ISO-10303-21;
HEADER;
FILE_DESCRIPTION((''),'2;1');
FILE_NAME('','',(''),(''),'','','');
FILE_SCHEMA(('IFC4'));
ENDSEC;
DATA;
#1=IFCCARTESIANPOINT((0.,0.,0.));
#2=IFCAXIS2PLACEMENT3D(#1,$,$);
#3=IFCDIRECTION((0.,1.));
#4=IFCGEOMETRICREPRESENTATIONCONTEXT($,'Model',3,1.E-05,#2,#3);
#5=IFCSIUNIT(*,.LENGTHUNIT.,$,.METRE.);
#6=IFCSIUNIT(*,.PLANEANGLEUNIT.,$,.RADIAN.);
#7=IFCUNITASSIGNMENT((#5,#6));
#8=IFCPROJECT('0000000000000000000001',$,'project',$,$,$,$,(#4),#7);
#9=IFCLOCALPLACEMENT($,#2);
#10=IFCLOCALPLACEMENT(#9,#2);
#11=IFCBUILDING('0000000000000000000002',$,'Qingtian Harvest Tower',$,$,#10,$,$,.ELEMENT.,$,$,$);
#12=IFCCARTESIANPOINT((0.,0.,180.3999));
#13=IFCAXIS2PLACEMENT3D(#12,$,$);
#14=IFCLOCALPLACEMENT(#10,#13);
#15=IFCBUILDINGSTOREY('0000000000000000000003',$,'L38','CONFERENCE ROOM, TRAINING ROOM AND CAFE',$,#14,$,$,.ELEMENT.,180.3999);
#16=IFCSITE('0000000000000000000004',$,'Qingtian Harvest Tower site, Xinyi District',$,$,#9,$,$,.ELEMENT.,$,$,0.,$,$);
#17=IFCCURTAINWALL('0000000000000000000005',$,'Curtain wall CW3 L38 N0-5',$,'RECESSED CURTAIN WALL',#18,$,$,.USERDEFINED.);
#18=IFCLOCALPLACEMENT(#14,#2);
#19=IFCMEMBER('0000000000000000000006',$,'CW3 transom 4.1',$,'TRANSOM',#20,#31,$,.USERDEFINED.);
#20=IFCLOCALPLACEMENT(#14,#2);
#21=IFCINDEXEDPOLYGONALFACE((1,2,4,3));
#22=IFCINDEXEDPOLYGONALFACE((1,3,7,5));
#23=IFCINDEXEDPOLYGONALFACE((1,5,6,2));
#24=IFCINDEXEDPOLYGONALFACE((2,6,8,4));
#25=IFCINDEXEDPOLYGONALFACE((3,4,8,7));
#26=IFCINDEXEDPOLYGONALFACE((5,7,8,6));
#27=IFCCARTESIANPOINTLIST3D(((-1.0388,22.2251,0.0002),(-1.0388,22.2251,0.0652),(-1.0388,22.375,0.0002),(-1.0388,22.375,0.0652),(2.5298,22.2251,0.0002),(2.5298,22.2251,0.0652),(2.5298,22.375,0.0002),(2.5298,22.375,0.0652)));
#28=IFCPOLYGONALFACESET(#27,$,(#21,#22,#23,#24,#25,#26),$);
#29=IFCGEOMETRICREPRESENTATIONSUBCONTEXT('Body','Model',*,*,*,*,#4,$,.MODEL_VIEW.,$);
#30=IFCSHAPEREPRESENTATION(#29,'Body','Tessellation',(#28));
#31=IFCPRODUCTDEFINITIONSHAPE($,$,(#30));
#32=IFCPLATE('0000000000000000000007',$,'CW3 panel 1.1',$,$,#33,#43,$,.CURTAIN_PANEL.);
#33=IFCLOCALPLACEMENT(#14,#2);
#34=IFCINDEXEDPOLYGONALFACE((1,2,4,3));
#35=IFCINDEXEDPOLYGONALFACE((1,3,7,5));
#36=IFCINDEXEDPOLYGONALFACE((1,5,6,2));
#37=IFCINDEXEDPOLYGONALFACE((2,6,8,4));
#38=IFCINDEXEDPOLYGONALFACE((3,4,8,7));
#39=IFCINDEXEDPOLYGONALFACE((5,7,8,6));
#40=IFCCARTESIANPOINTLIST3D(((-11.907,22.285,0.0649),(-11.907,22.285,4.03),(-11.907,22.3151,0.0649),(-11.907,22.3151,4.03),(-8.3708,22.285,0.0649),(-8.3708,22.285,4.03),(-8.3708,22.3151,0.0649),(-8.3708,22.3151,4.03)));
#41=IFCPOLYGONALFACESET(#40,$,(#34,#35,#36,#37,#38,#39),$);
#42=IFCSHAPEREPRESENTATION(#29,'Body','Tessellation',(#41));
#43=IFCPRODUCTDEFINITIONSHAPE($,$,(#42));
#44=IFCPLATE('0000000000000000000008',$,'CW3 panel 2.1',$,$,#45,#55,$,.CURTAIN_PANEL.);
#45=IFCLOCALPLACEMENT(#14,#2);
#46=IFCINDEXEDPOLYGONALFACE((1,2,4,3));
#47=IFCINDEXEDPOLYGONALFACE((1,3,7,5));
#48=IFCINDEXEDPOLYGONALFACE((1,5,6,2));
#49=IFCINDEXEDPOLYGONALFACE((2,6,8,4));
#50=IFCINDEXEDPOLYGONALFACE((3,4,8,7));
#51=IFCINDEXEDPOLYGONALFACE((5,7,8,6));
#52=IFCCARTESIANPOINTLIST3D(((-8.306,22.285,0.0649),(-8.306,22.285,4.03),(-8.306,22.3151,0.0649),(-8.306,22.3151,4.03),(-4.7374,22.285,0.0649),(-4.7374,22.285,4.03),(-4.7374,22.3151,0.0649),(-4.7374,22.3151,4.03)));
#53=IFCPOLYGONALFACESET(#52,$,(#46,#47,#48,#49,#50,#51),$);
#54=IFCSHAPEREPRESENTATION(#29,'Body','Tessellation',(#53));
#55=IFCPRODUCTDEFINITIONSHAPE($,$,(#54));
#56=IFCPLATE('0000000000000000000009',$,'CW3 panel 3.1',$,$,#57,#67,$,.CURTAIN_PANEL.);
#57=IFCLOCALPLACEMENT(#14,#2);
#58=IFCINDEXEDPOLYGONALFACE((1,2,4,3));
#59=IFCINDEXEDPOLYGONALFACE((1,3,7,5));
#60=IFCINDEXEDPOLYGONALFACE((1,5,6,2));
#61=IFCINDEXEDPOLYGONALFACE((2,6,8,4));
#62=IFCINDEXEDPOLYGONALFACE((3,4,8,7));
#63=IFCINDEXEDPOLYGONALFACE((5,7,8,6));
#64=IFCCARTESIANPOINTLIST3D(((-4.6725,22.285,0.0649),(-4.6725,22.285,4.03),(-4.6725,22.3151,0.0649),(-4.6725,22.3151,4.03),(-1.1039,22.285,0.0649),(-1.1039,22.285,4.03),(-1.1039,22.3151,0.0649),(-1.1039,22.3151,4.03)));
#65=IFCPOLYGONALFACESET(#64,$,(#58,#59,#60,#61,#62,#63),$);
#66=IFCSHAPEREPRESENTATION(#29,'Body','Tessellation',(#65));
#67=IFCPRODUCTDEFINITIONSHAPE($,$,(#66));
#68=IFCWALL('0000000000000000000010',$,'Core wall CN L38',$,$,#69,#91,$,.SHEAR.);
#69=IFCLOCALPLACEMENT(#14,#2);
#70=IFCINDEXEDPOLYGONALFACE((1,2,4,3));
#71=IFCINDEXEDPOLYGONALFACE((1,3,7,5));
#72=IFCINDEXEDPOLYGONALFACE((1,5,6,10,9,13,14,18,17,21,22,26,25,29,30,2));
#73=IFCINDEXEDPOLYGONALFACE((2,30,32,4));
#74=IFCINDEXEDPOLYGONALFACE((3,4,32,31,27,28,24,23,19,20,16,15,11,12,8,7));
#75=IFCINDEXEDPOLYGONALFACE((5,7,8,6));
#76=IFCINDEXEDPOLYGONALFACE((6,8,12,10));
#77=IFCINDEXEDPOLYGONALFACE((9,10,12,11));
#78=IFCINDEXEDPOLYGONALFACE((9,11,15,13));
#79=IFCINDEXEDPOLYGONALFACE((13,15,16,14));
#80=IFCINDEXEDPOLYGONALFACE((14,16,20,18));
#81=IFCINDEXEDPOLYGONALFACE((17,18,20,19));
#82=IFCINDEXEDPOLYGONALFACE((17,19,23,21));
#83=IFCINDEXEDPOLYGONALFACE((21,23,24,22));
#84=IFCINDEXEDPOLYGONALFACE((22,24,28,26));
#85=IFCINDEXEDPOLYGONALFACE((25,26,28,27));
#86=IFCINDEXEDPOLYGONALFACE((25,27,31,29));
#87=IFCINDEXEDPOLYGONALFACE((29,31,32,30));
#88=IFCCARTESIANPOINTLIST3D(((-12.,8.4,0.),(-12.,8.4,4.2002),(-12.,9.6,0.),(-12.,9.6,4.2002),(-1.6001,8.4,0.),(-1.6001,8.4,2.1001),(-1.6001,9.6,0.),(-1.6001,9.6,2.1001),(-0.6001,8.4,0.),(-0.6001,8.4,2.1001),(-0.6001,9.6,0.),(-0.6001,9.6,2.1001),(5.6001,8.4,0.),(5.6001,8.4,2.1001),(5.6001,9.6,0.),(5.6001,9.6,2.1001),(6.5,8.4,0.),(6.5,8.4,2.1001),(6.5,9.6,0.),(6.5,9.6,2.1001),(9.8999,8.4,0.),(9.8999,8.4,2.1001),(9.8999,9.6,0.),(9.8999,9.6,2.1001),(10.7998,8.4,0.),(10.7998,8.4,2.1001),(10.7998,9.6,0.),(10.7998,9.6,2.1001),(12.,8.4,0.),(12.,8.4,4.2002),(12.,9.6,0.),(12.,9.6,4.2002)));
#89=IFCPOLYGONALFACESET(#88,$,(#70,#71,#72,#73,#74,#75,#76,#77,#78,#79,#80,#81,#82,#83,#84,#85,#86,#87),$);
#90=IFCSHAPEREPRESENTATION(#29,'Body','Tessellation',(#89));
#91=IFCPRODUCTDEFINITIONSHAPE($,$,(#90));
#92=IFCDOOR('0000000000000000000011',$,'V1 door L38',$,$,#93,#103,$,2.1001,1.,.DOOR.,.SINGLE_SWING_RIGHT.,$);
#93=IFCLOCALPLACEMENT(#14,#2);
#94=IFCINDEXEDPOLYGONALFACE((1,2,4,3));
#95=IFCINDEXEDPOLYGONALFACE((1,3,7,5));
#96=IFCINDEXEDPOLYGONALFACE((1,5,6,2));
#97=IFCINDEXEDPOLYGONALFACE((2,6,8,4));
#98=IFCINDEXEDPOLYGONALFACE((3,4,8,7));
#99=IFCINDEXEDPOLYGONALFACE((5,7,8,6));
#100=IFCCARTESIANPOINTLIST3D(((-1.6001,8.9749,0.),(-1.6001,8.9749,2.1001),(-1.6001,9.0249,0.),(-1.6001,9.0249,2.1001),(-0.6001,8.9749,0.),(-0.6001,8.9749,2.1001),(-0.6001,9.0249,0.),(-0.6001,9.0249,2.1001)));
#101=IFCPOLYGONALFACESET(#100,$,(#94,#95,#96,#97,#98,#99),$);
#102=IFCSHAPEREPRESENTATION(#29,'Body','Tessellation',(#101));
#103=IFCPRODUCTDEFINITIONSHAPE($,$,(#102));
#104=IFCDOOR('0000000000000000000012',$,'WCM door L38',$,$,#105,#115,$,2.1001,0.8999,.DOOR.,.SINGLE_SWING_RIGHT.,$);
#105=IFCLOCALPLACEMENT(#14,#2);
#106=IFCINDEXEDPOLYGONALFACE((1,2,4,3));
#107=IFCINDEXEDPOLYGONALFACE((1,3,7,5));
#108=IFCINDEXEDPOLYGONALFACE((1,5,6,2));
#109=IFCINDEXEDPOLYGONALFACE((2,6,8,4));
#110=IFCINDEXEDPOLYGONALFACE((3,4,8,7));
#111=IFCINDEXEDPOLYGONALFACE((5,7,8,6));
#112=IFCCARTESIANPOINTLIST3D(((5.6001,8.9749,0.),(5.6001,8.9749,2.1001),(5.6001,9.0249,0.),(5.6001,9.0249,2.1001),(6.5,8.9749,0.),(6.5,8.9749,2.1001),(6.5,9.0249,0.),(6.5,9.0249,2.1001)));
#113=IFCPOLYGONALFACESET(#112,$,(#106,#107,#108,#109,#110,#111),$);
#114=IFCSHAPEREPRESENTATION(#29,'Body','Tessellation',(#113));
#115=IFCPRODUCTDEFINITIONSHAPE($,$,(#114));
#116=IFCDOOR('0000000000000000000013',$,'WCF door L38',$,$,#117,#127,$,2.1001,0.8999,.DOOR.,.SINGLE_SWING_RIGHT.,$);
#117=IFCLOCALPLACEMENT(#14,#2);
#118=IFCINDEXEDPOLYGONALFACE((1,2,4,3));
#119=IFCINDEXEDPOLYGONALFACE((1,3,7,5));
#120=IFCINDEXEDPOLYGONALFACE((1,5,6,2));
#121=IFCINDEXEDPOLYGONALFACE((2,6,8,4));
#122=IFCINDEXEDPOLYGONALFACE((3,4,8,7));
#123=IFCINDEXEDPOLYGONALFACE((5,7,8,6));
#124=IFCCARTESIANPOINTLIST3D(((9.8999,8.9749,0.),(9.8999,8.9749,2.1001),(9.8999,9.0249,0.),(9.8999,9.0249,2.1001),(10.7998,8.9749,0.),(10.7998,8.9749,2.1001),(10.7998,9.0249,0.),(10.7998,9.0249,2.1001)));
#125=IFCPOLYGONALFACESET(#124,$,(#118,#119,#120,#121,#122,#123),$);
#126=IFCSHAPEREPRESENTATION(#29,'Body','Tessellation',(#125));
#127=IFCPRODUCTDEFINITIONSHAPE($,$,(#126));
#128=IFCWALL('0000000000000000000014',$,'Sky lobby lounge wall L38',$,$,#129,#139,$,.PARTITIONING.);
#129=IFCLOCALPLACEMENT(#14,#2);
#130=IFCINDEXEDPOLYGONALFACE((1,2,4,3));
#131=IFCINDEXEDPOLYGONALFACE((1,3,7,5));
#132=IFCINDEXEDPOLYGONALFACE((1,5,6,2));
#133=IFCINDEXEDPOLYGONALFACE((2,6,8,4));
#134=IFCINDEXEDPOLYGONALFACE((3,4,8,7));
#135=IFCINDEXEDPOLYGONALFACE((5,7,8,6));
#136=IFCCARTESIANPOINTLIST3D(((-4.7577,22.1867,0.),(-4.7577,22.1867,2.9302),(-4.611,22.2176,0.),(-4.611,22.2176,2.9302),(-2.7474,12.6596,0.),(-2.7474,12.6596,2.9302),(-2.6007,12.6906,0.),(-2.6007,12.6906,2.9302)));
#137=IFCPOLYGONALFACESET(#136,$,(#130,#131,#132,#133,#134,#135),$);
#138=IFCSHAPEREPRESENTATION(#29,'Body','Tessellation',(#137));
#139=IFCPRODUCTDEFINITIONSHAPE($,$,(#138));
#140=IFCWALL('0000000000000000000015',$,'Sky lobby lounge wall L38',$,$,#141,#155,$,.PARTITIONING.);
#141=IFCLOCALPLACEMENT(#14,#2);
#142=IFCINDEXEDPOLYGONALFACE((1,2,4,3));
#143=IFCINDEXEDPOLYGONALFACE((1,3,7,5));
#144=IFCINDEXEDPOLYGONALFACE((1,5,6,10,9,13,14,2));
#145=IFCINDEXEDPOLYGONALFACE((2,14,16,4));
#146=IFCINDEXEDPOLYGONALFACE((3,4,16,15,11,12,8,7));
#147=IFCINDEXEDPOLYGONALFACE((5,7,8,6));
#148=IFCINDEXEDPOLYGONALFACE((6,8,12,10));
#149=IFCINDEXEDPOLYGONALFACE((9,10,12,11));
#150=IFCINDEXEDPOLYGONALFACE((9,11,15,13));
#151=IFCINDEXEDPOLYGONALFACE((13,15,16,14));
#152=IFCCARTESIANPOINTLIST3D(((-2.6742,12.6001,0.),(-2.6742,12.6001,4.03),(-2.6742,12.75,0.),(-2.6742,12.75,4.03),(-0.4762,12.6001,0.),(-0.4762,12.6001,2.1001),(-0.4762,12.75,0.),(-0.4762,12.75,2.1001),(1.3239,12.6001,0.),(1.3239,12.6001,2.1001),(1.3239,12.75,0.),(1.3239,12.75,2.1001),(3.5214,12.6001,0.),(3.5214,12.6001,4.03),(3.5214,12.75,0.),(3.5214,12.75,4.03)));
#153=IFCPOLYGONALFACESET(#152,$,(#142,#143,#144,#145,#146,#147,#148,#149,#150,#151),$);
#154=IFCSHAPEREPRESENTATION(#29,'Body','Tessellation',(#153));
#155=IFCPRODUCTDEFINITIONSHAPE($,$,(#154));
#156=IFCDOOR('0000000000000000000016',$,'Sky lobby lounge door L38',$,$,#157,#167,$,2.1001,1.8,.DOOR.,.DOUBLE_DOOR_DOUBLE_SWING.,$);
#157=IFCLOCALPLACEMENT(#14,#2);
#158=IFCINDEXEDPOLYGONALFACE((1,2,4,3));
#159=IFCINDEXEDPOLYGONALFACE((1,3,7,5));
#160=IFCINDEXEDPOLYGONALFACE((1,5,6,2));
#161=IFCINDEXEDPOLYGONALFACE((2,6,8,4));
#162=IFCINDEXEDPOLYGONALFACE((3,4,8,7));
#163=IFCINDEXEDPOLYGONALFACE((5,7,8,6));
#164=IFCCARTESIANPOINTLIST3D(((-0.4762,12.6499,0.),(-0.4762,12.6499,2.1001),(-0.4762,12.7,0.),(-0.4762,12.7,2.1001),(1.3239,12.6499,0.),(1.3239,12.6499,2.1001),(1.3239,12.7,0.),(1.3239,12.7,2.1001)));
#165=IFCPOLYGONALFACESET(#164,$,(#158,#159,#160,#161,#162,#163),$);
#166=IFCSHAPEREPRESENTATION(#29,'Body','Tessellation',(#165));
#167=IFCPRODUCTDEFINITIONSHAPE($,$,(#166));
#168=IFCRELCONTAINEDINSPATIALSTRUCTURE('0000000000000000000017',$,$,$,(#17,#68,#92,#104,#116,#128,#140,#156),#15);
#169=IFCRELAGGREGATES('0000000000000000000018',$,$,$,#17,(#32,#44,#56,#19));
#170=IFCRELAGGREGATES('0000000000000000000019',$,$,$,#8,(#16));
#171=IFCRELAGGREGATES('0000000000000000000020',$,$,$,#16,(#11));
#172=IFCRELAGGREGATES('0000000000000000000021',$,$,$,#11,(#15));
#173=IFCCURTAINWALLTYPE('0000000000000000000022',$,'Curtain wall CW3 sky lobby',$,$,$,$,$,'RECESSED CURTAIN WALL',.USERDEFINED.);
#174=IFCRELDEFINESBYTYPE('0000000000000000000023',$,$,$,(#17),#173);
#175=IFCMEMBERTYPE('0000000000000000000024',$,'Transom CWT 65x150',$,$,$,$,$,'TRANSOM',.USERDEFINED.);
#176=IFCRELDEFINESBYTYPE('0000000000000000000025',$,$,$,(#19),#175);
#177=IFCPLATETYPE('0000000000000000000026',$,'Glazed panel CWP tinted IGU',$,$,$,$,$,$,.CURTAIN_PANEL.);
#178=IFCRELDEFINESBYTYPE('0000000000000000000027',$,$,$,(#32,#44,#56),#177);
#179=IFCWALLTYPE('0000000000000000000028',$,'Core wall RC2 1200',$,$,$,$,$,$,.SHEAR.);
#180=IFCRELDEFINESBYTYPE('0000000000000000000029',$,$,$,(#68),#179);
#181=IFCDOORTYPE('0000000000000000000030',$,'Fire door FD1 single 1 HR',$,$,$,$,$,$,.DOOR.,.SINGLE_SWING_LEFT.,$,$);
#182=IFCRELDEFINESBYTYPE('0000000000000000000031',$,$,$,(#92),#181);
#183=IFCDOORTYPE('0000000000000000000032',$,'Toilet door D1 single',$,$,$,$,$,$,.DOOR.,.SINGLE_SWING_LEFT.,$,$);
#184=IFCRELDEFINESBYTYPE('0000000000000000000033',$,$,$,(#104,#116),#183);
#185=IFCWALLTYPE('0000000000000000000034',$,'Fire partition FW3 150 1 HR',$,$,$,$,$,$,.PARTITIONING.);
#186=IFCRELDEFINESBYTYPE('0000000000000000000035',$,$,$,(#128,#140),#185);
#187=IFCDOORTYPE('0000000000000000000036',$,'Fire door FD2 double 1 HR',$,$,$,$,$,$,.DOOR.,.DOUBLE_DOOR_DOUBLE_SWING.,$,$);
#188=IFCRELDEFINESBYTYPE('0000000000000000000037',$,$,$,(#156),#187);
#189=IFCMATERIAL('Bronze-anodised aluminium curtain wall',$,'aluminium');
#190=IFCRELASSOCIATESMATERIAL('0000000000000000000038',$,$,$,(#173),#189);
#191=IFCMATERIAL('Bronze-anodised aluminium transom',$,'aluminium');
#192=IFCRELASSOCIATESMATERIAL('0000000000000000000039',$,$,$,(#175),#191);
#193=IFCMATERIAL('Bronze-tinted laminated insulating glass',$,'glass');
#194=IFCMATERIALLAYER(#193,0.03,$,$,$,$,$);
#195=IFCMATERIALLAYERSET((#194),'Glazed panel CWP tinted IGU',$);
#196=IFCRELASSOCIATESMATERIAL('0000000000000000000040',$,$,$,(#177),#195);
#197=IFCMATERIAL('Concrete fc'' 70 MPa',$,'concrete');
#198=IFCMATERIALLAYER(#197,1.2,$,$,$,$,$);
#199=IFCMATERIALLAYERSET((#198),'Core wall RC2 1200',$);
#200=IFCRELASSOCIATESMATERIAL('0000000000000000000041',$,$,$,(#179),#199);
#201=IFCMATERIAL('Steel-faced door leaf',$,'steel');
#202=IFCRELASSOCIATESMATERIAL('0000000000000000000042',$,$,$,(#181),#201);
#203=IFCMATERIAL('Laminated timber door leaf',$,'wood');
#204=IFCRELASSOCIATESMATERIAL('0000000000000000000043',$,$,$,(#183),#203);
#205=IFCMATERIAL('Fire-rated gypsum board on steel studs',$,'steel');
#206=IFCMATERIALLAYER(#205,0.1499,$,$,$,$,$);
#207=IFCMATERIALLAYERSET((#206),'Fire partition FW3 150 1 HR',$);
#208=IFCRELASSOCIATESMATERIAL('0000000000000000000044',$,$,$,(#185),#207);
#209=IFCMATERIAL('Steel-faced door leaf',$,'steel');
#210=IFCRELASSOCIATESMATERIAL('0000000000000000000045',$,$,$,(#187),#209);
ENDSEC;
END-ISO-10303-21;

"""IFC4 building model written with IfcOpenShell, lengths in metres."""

from ifc_helpers import new_model, si_unit, direction, frame, frame_2d, origin, origin_2d, place, context, subcontext, project, spatial, rectangle, extrude, material, layer, layer_set, material_profile, profile_set, type_object, element, fill, aggregate, save


model = new_model("IFC4")

# Units and contexts
model_context = context("Model", 3, precision=1e-05, world=origin(), true_north=direction((0.0, 1.0)))
body_context = subcontext(model_context, "Body", "Model", "MODEL_VIEW")
ifc_project = project(units=[si_unit("LENGTHUNIT", "METRE"), si_unit("PLANEANGLEUNIT", "RADIAN")], contexts=[model_context])

# Site, building, storey
site_placement = place(None, origin())
site = spatial("IfcSite", under=ifc_project, at=site_placement, Name="Qingtian Harvest Tower site, Xinyi District", CompositionType="ELEMENT", RefElevation=0.0)
building_placement = place(site_placement, origin())
building = spatial("IfcBuilding", under=site, at=building_placement, Name="Qingtian Harvest Tower", CompositionType="ELEMENT")
storey_placement = place(building_placement, frame((0.0, 0.0, 180.3999)))
storey = spatial("IfcBuildingStorey", under=building, at=storey_placement, Name="L38", Description="CONFERENCE ROOM, TRAINING ROOM AND CAFE", CompositionType="ELEMENT", Elevation=180.3999)

# Curtain wall
ifc_material_1 = material(Name="Bronze-anodised aluminium curtain wall", Category="aluminium")
curtain_wall_type = type_object("IfcCurtainWallType", Name="Curtain wall CW3 sky lobby", ElementType="RECESSED CURTAIN WALL", PredefinedType="USERDEFINED", material=ifc_material_1)
curtain_wall_1_placement = place(storey_placement, origin())
curtain_wall_1 = element("IfcCurtainWall", 1, at=curtain_wall_1_placement, inside=storey, type_object=curtain_wall_type, Name="Curtain wall CW3 L38 N0-5", ObjectType="RECESSED CURTAIN WALL", PredefinedType="USERDEFINED")

# Member
ifc_material_2 = material(Name="Bronze-anodised aluminium transom", Category="aluminium")
ifc_material_profile_1 = material_profile(ifc_material_2, rectangle(XDim=0.1499, YDim=0.0649, at=origin_2d()), Name="AL 65x150")
ifc_profile_set_1 = profile_set([ifc_material_profile_1], Name="Bronze-anodised aluminium transom")
member_type_1 = type_object("IfcMemberType", Name="Transom CWT 65x150", ElementType="TRANSOM", PredefinedType="USERDEFINED", material=ifc_profile_set_1)
member_1_placement = place(storey_placement, frame((-1.0388, 22.3, 0.0327), z_axis=(1.0, 0.0, 0.0), x_axis=(0.0, 1.0, 0.0)))
member_1 = element("IfcMember", 2, at=member_1_placement, type_object=member_type_1, Name="CW3 transom 4.1", ObjectType="TRANSOM", PredefinedType="USERDEFINED", context=body_context, shape_type="SweptSolid", body=[
    extrude(rectangle(XDim=0.1499, YDim=0.0649, at=origin_2d()), origin(), (0.0, 0.0, 1.0), 3.5686),
])

# Plates
ifc_material_3 = material(Name="Bronze-tinted laminated insulating glass", Category="glass")
ifc_layer_1 = layer(ifc_material_3, 0.03)
ifc_layer_set_1 = layer_set([ifc_layer_1], Name="Glazed panel CWP tinted IGU")
plate_type = type_object("IfcPlateType", Name="Glazed panel CWP tinted IGU", PredefinedType="CURTAIN_PANEL", material=ifc_layer_set_1)
plate_1_placement = place(storey_placement, frame((-10.1389, 22.3, 0.0649), z_axis=(0.0, 0.0, 1.0), x_axis=(1.0, 0.0, 0.0)))
plate_1 = element("IfcPlate", 3, at=plate_1_placement, type_object=plate_type, Name="CW3 panel 1.1", PredefinedType="CURTAIN_PANEL", context=body_context, shape_type="SweptSolid", body=[
    extrude(rectangle(XDim=3.5361, YDim=0.03, at=origin_2d()), origin(), (0.0, 0.0, 1.0), 3.9651),
])
plate_2_placement = place(storey_placement, frame((-6.5217, 22.3, 0.0649), z_axis=(0.0, 0.0, 1.0), x_axis=(1.0, 0.0, 0.0)))
plate_2 = element("IfcPlate", 4, at=plate_2_placement, type_object=plate_type, Name="CW3 panel 2.1", PredefinedType="CURTAIN_PANEL", context=body_context, shape_type="SweptSolid", body=[
    extrude(rectangle(XDim=3.5686, YDim=0.03, at=origin_2d()), origin(), (0.0, 0.0, 1.0), 3.9651),
])
plate_3_placement = place(storey_placement, frame((-2.8882, 22.3, 0.0649), z_axis=(0.0, 0.0, 1.0), x_axis=(1.0, 0.0, 0.0)))
plate_3 = element("IfcPlate", 5, at=plate_3_placement, type_object=plate_type, Name="CW3 panel 3.1", PredefinedType="CURTAIN_PANEL", context=body_context, shape_type="SweptSolid", body=[
    extrude(rectangle(XDim=3.5686, YDim=0.03, at=origin_2d()), origin(), (0.0, 0.0, 1.0), 3.9651),
])
aggregate(curtain_wall_1, [plate_1, plate_2, plate_3, member_1])

# Wall, openings, doors
ifc_material_4 = material(Name="Concrete fc' 70 MPa", Category="concrete")
ifc_layer_2 = layer(ifc_material_4, 1.2)
ifc_layer_set_2 = layer_set([ifc_layer_2], Name="Core wall RC2 1200")
wall_type_1 = type_object("IfcWallType", Name="Core wall RC2 1200", PredefinedType="SHEAR", material=ifc_layer_set_2)
wall_1_placement = place(storey_placement, frame((-12.0, 9.0, 0.0), z_axis=(0.0, 0.0, 1.0), x_axis=(1.0, 0.0, 0.0)))
wall_1 = element("IfcWall", 6, at=wall_1_placement, inside=storey, type_object=wall_type_1, Name="Core wall CN L38", PredefinedType="SHEAR", context=body_context, shape_type="SweptSolid", body=[
    extrude(rectangle(XDim=24.0, YDim=1.2, at=frame_2d((12.0, 0.0))), origin(), (0.0, 0.0, 1.0), 4.2002),
])
opening_1_placement = place(wall_1_placement, frame((10.3999, 0.0, 0.0)))
opening_1 = element("IfcOpeningElement", 7, at=opening_1_placement, cuts=wall_1, PredefinedType="OPENING", context=body_context, shape_type="SweptSolid", body=[
    extrude(rectangle(XDim=1.0, YDim=2.1001, at=frame_2d((0.5, 1.05))), frame((0.0, 0.6099, 0.0), z_axis=(0.0, -1.0, 0.0), x_axis=(1.0, 0.0, 0.0)), (0.0, 0.0, 1.0), 1.22),
])
opening_2_placement = place(wall_1_placement, frame((17.6001, 0.0, 0.0)))
opening_2 = element("IfcOpeningElement", 8, at=opening_2_placement, cuts=wall_1, PredefinedType="OPENING", context=body_context, shape_type="SweptSolid", body=[
    extrude(rectangle(XDim=0.8999, YDim=2.1001, at=frame_2d((0.45, 1.05))), frame((0.0, 0.6099, 0.0), z_axis=(0.0, -1.0, 0.0), x_axis=(1.0, 0.0, 0.0)), (0.0, 0.0, 1.0), 1.22),
])
opening_3_placement = place(wall_1_placement, frame((21.8999, 0.0, 0.0)))
opening_3 = element("IfcOpeningElement", 9, at=opening_3_placement, cuts=wall_1, PredefinedType="OPENING", context=body_context, shape_type="SweptSolid", body=[
    extrude(rectangle(XDim=0.8999, YDim=2.1001, at=frame_2d((0.45, 1.05))), frame((0.0, 0.6099, 0.0), z_axis=(0.0, -1.0, 0.0), x_axis=(1.0, 0.0, 0.0)), (0.0, 0.0, 1.0), 1.22),
])
ifc_material_5 = material(Name="Steel-faced door leaf", Category="steel")
door_type_1 = type_object("IfcDoorType", Name="Fire door FD1 single 1 HR", OperationType="SINGLE_SWING_LEFT", PredefinedType="DOOR", material=ifc_material_5)
door_1_placement = place(opening_1_placement, origin())
door_1 = element("IfcDoor", 10, at=door_1_placement, inside=storey, type_object=door_type_1, Name="V1 door L38", OperationType="SINGLE_SWING_RIGHT", OverallHeight=2.1001, OverallWidth=1.0, PredefinedType="DOOR", context=body_context, shape_type="SweptSolid", body=[
    extrude(rectangle(XDim=1.0, YDim=2.1001, at=frame_2d((0.5, 1.05))), frame((0.0, 0.0249, 0.0), z_axis=(0.0, -1.0, 0.0), x_axis=(1.0, 0.0, 0.0)), (0.0, 0.0, 1.0), 0.05),
])
fill(opening_1, door_1)
ifc_material_6 = material(Name="Laminated timber door leaf", Category="wood")
door_type_2 = type_object("IfcDoorType", Name="Toilet door D1 single", OperationType="SINGLE_SWING_LEFT", PredefinedType="DOOR", material=ifc_material_6)
door_2_placement = place(opening_2_placement, origin())
door_2 = element("IfcDoor", 11, at=door_2_placement, inside=storey, type_object=door_type_2, Name="WCM door L38", OperationType="SINGLE_SWING_RIGHT", OverallHeight=2.1001, OverallWidth=0.8999, PredefinedType="DOOR", context=body_context, shape_type="SweptSolid", body=[
    extrude(rectangle(XDim=0.8999, YDim=2.1001, at=frame_2d((0.45, 1.05))), frame((0.0, 0.0249, 0.0), z_axis=(0.0, -1.0, 0.0), x_axis=(1.0, 0.0, 0.0)), (0.0, 0.0, 1.0), 0.05),
])
fill(opening_2, door_2)
door_3_placement = place(opening_3_placement, origin())
door_3 = element("IfcDoor", 12, at=door_3_placement, inside=storey, type_object=door_type_2, Name="WCF door L38", OperationType="SINGLE_SWING_RIGHT", OverallHeight=2.1001, OverallWidth=0.8999, PredefinedType="DOOR", context=body_context, shape_type="SweptSolid", body=[
    extrude(rectangle(XDim=0.8999, YDim=2.1001, at=frame_2d((0.45, 1.05))), frame((0.0, 0.0249, 0.0), z_axis=(0.0, -1.0, 0.0), x_axis=(1.0, 0.0, 0.0)), (0.0, 0.0, 1.0), 0.05),
])
fill(opening_3, door_3)

# Wall
ifc_material_7 = material(Name="Fire-rated gypsum board on steel studs", Category="steel")
ifc_layer_3 = layer(ifc_material_7, 0.1499)
ifc_layer_set_3 = layer_set([ifc_layer_3], Name="Fire partition FW3 150 1 HR")
wall_type_2 = type_object("IfcWallType", Name="Fire partition FW3 150 1 HR", PredefinedType="PARTITIONING", material=ifc_layer_set_3)
wall_2_placement = place(storey_placement, frame((-4.6843, 22.2021, 0.0), z_axis=(0.0, 0.0, 1.0), x_axis=(0.206458, -0.978456, 0.0)))
element("IfcWall", 13, at=wall_2_placement, inside=storey, type_object=wall_type_2, Name="Sky lobby lounge wall L38", PredefinedType="PARTITIONING", context=body_context, shape_type="SweptSolid", body=[
    extrude(rectangle(XDim=9.7368, YDim=0.1499, at=frame_2d((4.8684, 0.0))), origin(), (0.0, 0.0, 1.0), 2.9302),
])

# Wall, opening, door
wall_3_placement = place(storey_placement, frame((-2.6741, 12.675, 0.0), z_axis=(0.0, 0.0, 1.0), x_axis=(1.0, 0.0, 0.0)))
wall_3 = element("IfcWall", 14, at=wall_3_placement, inside=storey, type_object=wall_type_2, Name="Sky lobby lounge wall L38", PredefinedType="PARTITIONING", context=body_context, shape_type="SweptSolid", body=[
    extrude(rectangle(XDim=6.1956, YDim=0.1499, at=frame_2d((3.0977, 0.0))), origin(), (0.0, 0.0, 1.0), 4.03),
])
opening_4_placement = place(wall_3_placement, frame((2.198, 0.0, 0.0)))
opening_4 = element("IfcOpeningElement", 15, at=opening_4_placement, cuts=wall_3, PredefinedType="OPENING", context=body_context, shape_type="SweptSolid", body=[
    extrude(rectangle(XDim=1.8, YDim=2.1001, at=frame_2d((0.8999, 1.05))), frame((0.0, 0.085, 0.0), z_axis=(0.0, -1.0, 0.0), x_axis=(1.0, 0.0, 0.0)), (0.0, 0.0, 1.0), 0.1699),
])
ifc_material_8 = material(Name="Steel-faced door leaf", Category="steel")
door_type_3 = type_object("IfcDoorType", Name="Fire door FD2 double 1 HR", OperationType="DOUBLE_DOOR_DOUBLE_SWING", PredefinedType="DOOR", material=ifc_material_8)
door_4_placement = place(opening_4_placement, origin())
door_4 = element("IfcDoor", 16, at=door_4_placement, inside=storey, type_object=door_type_3, Name="Sky lobby lounge door L38", OperationType="DOUBLE_DOOR_DOUBLE_SWING", OverallHeight=2.1001, OverallWidth=1.8, PredefinedType="DOOR", context=body_context, shape_type="SweptSolid", body=[
    extrude(rectangle(XDim=1.8, YDim=2.1001, at=frame_2d((0.8999, 1.05))), frame((0.0, 0.0249, 0.0), z_axis=(0.0, -1.0, 0.0), x_axis=(1.0, 0.0, 0.0)), (0.0, 0.0, 1.0), 0.05),
])
fill(opening_4, door_4)

save(model, "model.ifc")
